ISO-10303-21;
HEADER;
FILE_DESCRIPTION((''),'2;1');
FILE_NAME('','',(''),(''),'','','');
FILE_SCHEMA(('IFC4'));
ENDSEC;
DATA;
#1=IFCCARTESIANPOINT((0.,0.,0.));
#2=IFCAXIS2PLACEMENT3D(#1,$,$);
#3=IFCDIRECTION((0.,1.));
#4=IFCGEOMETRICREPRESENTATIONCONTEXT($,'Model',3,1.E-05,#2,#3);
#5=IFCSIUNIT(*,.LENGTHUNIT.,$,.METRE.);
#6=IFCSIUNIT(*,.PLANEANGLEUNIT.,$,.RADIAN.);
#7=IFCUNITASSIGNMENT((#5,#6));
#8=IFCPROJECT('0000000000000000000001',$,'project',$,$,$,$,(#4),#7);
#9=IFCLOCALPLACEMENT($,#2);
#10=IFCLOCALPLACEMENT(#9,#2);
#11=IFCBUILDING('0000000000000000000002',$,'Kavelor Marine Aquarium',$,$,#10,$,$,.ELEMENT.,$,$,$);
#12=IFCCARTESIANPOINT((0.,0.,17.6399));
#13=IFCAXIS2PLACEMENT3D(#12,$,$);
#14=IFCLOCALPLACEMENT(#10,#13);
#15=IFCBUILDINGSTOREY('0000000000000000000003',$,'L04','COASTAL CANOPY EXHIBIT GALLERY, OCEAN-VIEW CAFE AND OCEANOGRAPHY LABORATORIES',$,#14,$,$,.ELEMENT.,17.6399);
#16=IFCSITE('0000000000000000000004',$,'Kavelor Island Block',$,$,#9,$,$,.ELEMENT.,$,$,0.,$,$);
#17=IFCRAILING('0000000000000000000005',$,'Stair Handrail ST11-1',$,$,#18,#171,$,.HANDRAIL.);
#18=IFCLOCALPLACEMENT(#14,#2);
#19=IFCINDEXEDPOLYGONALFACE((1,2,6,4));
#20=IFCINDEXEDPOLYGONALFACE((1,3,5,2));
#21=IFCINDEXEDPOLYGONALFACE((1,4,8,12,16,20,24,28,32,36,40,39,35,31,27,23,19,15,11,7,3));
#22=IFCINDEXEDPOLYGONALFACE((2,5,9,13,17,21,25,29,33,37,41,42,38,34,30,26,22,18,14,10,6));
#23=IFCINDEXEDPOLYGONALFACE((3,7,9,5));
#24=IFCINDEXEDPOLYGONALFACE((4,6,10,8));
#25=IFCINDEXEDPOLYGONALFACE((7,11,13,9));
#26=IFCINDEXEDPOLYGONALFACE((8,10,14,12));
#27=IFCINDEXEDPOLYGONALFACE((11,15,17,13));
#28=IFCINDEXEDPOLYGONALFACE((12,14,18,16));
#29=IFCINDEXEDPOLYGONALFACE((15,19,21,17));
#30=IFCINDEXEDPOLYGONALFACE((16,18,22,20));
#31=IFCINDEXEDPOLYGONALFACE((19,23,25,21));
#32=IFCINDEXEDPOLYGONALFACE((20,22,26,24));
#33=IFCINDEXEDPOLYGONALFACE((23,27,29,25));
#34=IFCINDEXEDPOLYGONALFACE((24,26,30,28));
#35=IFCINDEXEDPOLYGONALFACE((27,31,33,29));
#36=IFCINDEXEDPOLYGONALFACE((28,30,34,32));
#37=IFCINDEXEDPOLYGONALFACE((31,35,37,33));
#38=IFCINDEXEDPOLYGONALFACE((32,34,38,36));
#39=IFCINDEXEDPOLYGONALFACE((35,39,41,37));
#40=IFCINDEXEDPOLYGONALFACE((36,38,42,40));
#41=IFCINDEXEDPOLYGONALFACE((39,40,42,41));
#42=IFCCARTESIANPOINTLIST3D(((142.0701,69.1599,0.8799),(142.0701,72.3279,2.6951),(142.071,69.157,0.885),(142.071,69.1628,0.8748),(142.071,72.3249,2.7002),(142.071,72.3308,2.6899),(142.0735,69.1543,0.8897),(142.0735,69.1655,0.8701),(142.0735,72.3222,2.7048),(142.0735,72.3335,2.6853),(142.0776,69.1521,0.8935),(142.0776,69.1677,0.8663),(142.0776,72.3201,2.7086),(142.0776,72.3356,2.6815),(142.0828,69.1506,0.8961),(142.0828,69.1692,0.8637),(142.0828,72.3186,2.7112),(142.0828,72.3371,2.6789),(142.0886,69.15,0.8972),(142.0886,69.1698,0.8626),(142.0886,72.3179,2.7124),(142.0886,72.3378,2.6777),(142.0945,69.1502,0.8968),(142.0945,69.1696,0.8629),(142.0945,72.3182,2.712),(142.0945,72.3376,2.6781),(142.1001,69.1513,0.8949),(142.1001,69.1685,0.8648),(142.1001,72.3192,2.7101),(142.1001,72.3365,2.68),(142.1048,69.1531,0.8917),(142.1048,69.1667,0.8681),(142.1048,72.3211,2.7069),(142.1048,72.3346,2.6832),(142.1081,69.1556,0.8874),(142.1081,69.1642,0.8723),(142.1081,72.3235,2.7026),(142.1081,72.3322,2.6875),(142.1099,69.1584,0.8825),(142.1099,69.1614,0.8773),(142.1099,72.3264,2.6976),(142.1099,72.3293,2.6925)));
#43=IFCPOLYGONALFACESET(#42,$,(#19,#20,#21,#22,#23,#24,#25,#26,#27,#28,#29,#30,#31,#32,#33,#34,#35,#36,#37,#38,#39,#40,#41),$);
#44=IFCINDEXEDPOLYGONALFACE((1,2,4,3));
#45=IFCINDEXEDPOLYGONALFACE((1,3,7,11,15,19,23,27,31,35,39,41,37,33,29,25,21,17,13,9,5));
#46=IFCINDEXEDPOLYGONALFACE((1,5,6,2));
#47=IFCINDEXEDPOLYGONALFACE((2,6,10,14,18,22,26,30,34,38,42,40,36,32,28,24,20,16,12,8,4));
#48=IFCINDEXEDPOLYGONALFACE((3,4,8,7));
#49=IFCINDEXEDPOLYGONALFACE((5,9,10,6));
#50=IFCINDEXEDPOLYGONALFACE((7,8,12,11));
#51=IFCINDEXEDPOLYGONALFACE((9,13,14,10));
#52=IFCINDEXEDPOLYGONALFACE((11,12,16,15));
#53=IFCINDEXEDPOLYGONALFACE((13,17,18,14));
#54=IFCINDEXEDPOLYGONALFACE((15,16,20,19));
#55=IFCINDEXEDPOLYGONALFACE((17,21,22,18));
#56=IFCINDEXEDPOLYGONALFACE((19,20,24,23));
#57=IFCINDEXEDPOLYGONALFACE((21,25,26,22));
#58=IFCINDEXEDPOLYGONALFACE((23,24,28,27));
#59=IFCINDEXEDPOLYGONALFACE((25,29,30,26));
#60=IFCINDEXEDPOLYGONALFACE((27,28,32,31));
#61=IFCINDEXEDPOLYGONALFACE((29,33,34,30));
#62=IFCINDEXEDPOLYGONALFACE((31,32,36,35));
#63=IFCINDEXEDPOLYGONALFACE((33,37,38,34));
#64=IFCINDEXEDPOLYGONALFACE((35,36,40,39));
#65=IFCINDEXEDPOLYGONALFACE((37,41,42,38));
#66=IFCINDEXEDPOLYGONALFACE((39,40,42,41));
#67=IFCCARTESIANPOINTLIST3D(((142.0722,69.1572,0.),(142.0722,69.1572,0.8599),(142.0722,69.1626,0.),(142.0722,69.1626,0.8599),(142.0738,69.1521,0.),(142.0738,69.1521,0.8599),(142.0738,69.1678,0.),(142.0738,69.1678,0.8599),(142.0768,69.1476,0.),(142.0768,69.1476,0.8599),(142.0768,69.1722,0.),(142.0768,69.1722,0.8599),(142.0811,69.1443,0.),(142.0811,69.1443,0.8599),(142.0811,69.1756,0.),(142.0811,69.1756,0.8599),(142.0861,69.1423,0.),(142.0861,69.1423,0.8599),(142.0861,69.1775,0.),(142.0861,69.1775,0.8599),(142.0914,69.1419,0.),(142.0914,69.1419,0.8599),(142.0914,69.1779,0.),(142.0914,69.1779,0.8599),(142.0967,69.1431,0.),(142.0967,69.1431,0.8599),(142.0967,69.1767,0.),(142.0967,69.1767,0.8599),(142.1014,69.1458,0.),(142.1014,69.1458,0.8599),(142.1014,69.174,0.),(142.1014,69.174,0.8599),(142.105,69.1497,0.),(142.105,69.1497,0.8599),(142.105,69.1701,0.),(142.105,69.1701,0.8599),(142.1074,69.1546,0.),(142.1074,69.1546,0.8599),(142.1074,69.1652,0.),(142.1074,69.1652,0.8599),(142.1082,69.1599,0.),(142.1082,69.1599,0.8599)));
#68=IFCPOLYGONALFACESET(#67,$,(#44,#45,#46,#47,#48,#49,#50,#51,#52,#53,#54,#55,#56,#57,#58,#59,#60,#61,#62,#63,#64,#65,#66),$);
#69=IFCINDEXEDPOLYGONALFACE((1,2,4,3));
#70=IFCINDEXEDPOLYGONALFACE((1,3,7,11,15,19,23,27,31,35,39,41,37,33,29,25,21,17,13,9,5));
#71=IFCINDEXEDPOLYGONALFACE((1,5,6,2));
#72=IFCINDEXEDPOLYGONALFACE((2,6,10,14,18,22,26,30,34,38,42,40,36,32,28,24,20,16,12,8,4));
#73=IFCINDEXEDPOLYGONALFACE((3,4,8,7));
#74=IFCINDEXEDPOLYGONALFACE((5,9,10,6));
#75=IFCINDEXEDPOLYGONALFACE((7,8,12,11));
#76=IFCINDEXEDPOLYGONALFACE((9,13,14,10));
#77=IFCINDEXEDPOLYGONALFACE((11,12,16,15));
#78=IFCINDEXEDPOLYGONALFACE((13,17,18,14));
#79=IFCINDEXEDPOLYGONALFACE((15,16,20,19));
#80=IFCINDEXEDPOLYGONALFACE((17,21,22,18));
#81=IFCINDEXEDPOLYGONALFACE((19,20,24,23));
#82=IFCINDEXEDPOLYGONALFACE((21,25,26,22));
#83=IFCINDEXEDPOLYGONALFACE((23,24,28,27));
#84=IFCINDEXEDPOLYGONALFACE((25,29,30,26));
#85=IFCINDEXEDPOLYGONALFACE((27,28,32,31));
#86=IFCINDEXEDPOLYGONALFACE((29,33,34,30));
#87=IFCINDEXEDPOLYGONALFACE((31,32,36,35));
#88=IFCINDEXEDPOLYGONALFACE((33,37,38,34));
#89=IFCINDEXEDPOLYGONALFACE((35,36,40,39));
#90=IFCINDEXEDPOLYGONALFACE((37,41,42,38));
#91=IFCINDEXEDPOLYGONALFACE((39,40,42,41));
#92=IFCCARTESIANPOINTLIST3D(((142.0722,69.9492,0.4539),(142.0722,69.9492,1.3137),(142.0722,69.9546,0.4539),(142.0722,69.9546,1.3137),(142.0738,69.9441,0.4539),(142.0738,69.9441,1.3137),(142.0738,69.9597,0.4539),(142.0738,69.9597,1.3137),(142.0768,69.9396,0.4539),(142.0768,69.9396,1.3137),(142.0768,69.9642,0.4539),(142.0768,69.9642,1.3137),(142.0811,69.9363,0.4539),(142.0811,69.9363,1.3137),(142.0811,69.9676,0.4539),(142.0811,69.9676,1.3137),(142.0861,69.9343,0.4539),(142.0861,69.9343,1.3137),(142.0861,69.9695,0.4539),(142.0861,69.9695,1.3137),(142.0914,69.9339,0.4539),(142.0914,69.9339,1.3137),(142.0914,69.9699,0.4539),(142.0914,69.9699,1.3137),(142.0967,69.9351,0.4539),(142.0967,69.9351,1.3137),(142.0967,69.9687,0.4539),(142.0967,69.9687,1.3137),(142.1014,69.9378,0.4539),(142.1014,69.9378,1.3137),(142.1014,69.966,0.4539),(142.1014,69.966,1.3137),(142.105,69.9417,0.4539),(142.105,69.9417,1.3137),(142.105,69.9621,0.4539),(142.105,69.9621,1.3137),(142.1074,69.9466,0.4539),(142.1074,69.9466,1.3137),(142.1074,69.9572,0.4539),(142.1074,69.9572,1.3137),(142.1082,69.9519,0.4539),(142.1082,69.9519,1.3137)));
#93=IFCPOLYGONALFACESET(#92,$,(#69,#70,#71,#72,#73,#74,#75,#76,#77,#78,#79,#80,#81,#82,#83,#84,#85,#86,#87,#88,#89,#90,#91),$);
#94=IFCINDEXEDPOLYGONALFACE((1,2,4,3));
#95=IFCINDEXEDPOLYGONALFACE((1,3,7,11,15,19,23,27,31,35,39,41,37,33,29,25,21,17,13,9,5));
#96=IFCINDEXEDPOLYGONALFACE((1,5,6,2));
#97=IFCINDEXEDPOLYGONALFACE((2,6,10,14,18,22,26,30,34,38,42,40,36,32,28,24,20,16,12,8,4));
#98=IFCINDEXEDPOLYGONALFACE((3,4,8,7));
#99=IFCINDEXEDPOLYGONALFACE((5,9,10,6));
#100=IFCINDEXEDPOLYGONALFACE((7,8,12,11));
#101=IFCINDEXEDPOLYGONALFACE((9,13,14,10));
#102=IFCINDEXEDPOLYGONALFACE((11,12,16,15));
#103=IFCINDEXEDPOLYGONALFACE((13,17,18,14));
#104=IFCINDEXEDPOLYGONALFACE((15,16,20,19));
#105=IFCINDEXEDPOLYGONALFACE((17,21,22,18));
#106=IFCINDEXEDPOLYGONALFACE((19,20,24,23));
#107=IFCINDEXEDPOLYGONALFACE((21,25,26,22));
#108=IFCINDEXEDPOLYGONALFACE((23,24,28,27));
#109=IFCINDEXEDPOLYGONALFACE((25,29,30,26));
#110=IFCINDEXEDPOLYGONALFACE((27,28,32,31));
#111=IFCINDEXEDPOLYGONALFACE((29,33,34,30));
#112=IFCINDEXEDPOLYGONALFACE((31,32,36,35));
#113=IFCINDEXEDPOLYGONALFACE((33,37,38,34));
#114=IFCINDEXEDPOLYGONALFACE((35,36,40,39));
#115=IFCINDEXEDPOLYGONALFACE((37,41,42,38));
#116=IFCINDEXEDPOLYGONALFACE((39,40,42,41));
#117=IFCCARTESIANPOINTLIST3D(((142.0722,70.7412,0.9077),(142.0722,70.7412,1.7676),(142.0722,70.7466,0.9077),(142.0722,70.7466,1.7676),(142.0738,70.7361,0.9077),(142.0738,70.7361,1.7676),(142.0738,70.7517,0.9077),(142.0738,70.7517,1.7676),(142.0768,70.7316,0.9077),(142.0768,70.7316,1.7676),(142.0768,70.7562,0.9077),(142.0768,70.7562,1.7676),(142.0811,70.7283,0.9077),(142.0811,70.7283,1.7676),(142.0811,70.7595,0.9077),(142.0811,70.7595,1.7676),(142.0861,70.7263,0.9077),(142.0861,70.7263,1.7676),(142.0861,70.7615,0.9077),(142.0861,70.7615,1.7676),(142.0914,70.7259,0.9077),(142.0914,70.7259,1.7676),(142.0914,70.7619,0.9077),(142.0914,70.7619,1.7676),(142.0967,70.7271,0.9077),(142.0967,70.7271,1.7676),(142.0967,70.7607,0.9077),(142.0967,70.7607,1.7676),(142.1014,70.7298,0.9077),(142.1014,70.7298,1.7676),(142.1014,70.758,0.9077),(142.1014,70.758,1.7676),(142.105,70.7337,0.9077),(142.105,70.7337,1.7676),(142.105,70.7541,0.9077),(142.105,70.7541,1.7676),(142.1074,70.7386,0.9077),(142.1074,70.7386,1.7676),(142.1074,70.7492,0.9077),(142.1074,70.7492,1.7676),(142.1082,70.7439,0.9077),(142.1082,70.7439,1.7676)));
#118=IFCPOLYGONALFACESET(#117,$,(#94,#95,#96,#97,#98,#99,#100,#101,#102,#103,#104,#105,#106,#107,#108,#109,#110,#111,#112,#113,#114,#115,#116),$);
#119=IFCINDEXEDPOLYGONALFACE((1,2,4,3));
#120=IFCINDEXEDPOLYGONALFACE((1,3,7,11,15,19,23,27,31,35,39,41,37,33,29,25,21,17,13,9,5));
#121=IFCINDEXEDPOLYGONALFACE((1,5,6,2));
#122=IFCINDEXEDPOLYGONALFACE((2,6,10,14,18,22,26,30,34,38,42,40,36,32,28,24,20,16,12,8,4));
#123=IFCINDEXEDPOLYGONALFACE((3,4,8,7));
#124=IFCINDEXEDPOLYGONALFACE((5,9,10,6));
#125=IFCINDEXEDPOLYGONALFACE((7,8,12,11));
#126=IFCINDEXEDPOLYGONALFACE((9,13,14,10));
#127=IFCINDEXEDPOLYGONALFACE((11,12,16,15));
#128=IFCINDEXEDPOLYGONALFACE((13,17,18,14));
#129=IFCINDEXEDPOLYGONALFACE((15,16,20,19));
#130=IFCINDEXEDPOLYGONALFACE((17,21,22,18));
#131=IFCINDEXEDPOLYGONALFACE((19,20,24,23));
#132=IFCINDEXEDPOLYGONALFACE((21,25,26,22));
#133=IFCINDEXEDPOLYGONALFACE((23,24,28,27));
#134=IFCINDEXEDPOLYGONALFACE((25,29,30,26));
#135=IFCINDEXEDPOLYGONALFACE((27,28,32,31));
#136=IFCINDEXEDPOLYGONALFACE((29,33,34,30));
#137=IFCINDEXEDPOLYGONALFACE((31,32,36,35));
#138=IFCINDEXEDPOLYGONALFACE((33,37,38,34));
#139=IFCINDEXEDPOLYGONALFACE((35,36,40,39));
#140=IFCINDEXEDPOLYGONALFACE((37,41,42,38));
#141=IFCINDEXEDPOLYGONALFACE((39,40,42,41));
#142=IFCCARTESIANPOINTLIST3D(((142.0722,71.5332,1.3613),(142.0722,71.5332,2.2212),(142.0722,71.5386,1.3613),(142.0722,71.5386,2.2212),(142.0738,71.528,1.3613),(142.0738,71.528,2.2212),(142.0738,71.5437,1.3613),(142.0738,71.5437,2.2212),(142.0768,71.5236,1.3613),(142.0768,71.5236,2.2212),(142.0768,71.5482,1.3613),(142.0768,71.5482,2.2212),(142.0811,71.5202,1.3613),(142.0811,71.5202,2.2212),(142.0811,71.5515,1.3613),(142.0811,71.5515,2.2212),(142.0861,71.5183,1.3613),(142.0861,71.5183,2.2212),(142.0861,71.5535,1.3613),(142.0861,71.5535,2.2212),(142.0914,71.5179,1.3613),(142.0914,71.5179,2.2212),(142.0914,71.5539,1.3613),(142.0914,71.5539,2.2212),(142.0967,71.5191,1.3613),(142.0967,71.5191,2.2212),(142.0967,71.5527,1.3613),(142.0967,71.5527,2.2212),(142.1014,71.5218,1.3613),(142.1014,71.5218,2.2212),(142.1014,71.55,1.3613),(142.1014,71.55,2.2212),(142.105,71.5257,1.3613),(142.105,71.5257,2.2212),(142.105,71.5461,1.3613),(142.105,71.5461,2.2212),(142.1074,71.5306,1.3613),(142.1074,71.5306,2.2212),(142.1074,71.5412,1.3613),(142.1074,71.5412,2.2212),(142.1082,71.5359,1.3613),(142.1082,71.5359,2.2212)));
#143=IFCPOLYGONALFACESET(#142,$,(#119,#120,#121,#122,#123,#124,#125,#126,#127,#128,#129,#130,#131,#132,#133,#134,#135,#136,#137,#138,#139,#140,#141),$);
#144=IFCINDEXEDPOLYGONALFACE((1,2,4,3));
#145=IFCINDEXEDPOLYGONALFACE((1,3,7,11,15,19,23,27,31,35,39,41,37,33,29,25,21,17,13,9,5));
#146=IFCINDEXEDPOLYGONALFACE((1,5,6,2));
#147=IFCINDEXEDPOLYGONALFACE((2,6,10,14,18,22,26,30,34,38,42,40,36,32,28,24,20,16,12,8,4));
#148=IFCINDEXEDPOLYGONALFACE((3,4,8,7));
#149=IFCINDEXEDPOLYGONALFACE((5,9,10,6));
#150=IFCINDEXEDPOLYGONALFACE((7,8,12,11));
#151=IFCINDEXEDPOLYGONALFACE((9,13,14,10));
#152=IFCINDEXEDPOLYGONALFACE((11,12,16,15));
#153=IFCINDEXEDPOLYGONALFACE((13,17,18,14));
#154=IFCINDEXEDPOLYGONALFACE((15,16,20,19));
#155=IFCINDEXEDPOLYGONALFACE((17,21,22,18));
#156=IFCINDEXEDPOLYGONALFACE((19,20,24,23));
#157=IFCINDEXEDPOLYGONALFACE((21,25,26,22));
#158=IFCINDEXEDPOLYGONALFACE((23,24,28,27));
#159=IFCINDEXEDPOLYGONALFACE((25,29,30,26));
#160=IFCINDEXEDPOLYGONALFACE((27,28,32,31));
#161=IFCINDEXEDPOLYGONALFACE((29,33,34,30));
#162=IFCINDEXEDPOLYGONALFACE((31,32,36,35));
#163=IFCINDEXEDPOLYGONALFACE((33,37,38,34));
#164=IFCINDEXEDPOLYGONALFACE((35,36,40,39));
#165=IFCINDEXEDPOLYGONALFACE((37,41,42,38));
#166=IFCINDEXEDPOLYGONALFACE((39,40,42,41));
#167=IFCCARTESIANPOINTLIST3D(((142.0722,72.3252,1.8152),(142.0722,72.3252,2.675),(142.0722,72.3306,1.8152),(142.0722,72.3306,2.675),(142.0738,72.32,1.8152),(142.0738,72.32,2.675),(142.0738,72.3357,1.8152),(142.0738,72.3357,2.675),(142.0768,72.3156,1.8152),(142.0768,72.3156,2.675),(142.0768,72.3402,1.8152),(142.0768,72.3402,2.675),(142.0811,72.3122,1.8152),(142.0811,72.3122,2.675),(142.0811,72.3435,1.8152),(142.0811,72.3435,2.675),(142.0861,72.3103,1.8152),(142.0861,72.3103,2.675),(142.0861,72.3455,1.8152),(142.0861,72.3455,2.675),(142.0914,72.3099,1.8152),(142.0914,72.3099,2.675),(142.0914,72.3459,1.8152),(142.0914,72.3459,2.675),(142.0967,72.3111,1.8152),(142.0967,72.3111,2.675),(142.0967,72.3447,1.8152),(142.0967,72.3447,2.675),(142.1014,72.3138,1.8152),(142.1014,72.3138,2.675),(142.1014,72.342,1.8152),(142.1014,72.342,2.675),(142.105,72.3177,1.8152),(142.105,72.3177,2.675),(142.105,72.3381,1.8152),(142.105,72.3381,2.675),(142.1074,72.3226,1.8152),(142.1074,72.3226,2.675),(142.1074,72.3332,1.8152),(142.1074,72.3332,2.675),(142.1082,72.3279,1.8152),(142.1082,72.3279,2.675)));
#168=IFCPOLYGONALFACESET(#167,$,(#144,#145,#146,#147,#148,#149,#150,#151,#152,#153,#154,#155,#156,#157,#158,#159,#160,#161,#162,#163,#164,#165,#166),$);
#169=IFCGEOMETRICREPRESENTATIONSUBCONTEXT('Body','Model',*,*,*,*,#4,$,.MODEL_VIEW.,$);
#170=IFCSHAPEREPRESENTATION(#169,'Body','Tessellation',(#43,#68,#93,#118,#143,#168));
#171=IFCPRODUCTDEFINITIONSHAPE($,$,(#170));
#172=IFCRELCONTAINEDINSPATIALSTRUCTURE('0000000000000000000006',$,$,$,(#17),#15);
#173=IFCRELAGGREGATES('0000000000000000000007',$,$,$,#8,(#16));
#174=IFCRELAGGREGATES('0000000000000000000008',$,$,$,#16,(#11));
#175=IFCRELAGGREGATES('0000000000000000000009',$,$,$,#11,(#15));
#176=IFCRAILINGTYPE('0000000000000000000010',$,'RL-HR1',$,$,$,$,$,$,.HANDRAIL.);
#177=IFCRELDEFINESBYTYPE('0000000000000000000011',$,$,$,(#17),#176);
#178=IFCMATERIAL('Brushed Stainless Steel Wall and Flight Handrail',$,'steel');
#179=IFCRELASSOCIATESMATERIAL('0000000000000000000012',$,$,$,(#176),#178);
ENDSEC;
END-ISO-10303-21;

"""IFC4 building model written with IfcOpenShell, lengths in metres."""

from ifc_helpers import new_model, si_unit, direction, frame, origin, origin_2d, place, context, subcontext, project, spatial, circle, extrude, material, type_object, element, save


model = new_model("IFC4")

# Units and contexts
model_context = context("Model", 3, precision=1e-05, world=origin(), true_north=direction((0.0, 1.0)))
body_context = subcontext(model_context, "Body", "Model", "MODEL_VIEW")
ifc_project = project(units=[si_unit("LENGTHUNIT", "METRE"), si_unit("PLANEANGLEUNIT", "RADIAN")], contexts=[model_context])

# Site, building, storey
site_placement = place(None, origin())
site = spatial("IfcSite", under=ifc_project, at=site_placement, Name="Kavelor Island Block", CompositionType="ELEMENT", RefElevation=0.0)
building_placement = place(site_placement, origin())
building = spatial("IfcBuilding", under=site, at=building_placement, Name="Kavelor Marine Aquarium", CompositionType="ELEMENT")
storey_placement = place(building_placement, frame((0.0, 0.0, 17.6399)))
storey = spatial("IfcBuildingStorey", under=building, at=storey_placement, Name="L04", Description="COASTAL CANOPY EXHIBIT GALLERY, OCEAN-VIEW CAFE AND OCEANOGRAPHY LABORATORIES", CompositionType="ELEMENT", Elevation=17.6399)

# Railing
ifc_material_1 = material(Name="Brushed Stainless Steel Wall and Flight Handrail", Category="steel")
railing_type_1 = type_object("IfcRailingType", Name="RL-HR1", PredefinedType="HANDRAIL", material=ifc_material_1)
railing_1_placement = place(storey_placement, frame((142.0901, 69.1599, 0.0)))
element("IfcRailing", 1, at=railing_1_placement, inside=storey, type_object=railing_type_1, Name="Stair Handrail ST11-1", PredefinedType="HANDRAIL", context=body_context, shape_type="SweptSolid", body=[
    extrude(circle(Radius=0.02, at=origin_2d()), frame((0.0, 0.0, 0.8799), z_axis=(0.0, 0.867662, 0.497154), x_axis=(-1.0, 0.0, 0.0)), (0.0, 0.0, 1.0), 3.6511),
    extrude(circle(Radius=0.0181, at=origin_2d()), origin(), (0.0, 0.0, 1.0), 0.8599),
    extrude(circle(Radius=0.0181, at=origin_2d()), frame((0.0, 0.792, 0.4539)), (0.0, 0.0, 1.0), 0.8599),
    extrude(circle(Radius=0.0181, at=origin_2d()), frame((0.0, 1.584, 0.9077)), (0.0, 0.0, 1.0), 0.8599),
    extrude(circle(Radius=0.0181, at=origin_2d()), frame((0.0, 2.376, 1.3613)), (0.0, 0.0, 1.0), 0.8599),
    extrude(circle(Radius=0.0181, at=origin_2d()), frame((0.0, 3.168, 1.8152)), (0.0, 0.0, 1.0), 0.8599),
])

save(model, "model.ifc")
